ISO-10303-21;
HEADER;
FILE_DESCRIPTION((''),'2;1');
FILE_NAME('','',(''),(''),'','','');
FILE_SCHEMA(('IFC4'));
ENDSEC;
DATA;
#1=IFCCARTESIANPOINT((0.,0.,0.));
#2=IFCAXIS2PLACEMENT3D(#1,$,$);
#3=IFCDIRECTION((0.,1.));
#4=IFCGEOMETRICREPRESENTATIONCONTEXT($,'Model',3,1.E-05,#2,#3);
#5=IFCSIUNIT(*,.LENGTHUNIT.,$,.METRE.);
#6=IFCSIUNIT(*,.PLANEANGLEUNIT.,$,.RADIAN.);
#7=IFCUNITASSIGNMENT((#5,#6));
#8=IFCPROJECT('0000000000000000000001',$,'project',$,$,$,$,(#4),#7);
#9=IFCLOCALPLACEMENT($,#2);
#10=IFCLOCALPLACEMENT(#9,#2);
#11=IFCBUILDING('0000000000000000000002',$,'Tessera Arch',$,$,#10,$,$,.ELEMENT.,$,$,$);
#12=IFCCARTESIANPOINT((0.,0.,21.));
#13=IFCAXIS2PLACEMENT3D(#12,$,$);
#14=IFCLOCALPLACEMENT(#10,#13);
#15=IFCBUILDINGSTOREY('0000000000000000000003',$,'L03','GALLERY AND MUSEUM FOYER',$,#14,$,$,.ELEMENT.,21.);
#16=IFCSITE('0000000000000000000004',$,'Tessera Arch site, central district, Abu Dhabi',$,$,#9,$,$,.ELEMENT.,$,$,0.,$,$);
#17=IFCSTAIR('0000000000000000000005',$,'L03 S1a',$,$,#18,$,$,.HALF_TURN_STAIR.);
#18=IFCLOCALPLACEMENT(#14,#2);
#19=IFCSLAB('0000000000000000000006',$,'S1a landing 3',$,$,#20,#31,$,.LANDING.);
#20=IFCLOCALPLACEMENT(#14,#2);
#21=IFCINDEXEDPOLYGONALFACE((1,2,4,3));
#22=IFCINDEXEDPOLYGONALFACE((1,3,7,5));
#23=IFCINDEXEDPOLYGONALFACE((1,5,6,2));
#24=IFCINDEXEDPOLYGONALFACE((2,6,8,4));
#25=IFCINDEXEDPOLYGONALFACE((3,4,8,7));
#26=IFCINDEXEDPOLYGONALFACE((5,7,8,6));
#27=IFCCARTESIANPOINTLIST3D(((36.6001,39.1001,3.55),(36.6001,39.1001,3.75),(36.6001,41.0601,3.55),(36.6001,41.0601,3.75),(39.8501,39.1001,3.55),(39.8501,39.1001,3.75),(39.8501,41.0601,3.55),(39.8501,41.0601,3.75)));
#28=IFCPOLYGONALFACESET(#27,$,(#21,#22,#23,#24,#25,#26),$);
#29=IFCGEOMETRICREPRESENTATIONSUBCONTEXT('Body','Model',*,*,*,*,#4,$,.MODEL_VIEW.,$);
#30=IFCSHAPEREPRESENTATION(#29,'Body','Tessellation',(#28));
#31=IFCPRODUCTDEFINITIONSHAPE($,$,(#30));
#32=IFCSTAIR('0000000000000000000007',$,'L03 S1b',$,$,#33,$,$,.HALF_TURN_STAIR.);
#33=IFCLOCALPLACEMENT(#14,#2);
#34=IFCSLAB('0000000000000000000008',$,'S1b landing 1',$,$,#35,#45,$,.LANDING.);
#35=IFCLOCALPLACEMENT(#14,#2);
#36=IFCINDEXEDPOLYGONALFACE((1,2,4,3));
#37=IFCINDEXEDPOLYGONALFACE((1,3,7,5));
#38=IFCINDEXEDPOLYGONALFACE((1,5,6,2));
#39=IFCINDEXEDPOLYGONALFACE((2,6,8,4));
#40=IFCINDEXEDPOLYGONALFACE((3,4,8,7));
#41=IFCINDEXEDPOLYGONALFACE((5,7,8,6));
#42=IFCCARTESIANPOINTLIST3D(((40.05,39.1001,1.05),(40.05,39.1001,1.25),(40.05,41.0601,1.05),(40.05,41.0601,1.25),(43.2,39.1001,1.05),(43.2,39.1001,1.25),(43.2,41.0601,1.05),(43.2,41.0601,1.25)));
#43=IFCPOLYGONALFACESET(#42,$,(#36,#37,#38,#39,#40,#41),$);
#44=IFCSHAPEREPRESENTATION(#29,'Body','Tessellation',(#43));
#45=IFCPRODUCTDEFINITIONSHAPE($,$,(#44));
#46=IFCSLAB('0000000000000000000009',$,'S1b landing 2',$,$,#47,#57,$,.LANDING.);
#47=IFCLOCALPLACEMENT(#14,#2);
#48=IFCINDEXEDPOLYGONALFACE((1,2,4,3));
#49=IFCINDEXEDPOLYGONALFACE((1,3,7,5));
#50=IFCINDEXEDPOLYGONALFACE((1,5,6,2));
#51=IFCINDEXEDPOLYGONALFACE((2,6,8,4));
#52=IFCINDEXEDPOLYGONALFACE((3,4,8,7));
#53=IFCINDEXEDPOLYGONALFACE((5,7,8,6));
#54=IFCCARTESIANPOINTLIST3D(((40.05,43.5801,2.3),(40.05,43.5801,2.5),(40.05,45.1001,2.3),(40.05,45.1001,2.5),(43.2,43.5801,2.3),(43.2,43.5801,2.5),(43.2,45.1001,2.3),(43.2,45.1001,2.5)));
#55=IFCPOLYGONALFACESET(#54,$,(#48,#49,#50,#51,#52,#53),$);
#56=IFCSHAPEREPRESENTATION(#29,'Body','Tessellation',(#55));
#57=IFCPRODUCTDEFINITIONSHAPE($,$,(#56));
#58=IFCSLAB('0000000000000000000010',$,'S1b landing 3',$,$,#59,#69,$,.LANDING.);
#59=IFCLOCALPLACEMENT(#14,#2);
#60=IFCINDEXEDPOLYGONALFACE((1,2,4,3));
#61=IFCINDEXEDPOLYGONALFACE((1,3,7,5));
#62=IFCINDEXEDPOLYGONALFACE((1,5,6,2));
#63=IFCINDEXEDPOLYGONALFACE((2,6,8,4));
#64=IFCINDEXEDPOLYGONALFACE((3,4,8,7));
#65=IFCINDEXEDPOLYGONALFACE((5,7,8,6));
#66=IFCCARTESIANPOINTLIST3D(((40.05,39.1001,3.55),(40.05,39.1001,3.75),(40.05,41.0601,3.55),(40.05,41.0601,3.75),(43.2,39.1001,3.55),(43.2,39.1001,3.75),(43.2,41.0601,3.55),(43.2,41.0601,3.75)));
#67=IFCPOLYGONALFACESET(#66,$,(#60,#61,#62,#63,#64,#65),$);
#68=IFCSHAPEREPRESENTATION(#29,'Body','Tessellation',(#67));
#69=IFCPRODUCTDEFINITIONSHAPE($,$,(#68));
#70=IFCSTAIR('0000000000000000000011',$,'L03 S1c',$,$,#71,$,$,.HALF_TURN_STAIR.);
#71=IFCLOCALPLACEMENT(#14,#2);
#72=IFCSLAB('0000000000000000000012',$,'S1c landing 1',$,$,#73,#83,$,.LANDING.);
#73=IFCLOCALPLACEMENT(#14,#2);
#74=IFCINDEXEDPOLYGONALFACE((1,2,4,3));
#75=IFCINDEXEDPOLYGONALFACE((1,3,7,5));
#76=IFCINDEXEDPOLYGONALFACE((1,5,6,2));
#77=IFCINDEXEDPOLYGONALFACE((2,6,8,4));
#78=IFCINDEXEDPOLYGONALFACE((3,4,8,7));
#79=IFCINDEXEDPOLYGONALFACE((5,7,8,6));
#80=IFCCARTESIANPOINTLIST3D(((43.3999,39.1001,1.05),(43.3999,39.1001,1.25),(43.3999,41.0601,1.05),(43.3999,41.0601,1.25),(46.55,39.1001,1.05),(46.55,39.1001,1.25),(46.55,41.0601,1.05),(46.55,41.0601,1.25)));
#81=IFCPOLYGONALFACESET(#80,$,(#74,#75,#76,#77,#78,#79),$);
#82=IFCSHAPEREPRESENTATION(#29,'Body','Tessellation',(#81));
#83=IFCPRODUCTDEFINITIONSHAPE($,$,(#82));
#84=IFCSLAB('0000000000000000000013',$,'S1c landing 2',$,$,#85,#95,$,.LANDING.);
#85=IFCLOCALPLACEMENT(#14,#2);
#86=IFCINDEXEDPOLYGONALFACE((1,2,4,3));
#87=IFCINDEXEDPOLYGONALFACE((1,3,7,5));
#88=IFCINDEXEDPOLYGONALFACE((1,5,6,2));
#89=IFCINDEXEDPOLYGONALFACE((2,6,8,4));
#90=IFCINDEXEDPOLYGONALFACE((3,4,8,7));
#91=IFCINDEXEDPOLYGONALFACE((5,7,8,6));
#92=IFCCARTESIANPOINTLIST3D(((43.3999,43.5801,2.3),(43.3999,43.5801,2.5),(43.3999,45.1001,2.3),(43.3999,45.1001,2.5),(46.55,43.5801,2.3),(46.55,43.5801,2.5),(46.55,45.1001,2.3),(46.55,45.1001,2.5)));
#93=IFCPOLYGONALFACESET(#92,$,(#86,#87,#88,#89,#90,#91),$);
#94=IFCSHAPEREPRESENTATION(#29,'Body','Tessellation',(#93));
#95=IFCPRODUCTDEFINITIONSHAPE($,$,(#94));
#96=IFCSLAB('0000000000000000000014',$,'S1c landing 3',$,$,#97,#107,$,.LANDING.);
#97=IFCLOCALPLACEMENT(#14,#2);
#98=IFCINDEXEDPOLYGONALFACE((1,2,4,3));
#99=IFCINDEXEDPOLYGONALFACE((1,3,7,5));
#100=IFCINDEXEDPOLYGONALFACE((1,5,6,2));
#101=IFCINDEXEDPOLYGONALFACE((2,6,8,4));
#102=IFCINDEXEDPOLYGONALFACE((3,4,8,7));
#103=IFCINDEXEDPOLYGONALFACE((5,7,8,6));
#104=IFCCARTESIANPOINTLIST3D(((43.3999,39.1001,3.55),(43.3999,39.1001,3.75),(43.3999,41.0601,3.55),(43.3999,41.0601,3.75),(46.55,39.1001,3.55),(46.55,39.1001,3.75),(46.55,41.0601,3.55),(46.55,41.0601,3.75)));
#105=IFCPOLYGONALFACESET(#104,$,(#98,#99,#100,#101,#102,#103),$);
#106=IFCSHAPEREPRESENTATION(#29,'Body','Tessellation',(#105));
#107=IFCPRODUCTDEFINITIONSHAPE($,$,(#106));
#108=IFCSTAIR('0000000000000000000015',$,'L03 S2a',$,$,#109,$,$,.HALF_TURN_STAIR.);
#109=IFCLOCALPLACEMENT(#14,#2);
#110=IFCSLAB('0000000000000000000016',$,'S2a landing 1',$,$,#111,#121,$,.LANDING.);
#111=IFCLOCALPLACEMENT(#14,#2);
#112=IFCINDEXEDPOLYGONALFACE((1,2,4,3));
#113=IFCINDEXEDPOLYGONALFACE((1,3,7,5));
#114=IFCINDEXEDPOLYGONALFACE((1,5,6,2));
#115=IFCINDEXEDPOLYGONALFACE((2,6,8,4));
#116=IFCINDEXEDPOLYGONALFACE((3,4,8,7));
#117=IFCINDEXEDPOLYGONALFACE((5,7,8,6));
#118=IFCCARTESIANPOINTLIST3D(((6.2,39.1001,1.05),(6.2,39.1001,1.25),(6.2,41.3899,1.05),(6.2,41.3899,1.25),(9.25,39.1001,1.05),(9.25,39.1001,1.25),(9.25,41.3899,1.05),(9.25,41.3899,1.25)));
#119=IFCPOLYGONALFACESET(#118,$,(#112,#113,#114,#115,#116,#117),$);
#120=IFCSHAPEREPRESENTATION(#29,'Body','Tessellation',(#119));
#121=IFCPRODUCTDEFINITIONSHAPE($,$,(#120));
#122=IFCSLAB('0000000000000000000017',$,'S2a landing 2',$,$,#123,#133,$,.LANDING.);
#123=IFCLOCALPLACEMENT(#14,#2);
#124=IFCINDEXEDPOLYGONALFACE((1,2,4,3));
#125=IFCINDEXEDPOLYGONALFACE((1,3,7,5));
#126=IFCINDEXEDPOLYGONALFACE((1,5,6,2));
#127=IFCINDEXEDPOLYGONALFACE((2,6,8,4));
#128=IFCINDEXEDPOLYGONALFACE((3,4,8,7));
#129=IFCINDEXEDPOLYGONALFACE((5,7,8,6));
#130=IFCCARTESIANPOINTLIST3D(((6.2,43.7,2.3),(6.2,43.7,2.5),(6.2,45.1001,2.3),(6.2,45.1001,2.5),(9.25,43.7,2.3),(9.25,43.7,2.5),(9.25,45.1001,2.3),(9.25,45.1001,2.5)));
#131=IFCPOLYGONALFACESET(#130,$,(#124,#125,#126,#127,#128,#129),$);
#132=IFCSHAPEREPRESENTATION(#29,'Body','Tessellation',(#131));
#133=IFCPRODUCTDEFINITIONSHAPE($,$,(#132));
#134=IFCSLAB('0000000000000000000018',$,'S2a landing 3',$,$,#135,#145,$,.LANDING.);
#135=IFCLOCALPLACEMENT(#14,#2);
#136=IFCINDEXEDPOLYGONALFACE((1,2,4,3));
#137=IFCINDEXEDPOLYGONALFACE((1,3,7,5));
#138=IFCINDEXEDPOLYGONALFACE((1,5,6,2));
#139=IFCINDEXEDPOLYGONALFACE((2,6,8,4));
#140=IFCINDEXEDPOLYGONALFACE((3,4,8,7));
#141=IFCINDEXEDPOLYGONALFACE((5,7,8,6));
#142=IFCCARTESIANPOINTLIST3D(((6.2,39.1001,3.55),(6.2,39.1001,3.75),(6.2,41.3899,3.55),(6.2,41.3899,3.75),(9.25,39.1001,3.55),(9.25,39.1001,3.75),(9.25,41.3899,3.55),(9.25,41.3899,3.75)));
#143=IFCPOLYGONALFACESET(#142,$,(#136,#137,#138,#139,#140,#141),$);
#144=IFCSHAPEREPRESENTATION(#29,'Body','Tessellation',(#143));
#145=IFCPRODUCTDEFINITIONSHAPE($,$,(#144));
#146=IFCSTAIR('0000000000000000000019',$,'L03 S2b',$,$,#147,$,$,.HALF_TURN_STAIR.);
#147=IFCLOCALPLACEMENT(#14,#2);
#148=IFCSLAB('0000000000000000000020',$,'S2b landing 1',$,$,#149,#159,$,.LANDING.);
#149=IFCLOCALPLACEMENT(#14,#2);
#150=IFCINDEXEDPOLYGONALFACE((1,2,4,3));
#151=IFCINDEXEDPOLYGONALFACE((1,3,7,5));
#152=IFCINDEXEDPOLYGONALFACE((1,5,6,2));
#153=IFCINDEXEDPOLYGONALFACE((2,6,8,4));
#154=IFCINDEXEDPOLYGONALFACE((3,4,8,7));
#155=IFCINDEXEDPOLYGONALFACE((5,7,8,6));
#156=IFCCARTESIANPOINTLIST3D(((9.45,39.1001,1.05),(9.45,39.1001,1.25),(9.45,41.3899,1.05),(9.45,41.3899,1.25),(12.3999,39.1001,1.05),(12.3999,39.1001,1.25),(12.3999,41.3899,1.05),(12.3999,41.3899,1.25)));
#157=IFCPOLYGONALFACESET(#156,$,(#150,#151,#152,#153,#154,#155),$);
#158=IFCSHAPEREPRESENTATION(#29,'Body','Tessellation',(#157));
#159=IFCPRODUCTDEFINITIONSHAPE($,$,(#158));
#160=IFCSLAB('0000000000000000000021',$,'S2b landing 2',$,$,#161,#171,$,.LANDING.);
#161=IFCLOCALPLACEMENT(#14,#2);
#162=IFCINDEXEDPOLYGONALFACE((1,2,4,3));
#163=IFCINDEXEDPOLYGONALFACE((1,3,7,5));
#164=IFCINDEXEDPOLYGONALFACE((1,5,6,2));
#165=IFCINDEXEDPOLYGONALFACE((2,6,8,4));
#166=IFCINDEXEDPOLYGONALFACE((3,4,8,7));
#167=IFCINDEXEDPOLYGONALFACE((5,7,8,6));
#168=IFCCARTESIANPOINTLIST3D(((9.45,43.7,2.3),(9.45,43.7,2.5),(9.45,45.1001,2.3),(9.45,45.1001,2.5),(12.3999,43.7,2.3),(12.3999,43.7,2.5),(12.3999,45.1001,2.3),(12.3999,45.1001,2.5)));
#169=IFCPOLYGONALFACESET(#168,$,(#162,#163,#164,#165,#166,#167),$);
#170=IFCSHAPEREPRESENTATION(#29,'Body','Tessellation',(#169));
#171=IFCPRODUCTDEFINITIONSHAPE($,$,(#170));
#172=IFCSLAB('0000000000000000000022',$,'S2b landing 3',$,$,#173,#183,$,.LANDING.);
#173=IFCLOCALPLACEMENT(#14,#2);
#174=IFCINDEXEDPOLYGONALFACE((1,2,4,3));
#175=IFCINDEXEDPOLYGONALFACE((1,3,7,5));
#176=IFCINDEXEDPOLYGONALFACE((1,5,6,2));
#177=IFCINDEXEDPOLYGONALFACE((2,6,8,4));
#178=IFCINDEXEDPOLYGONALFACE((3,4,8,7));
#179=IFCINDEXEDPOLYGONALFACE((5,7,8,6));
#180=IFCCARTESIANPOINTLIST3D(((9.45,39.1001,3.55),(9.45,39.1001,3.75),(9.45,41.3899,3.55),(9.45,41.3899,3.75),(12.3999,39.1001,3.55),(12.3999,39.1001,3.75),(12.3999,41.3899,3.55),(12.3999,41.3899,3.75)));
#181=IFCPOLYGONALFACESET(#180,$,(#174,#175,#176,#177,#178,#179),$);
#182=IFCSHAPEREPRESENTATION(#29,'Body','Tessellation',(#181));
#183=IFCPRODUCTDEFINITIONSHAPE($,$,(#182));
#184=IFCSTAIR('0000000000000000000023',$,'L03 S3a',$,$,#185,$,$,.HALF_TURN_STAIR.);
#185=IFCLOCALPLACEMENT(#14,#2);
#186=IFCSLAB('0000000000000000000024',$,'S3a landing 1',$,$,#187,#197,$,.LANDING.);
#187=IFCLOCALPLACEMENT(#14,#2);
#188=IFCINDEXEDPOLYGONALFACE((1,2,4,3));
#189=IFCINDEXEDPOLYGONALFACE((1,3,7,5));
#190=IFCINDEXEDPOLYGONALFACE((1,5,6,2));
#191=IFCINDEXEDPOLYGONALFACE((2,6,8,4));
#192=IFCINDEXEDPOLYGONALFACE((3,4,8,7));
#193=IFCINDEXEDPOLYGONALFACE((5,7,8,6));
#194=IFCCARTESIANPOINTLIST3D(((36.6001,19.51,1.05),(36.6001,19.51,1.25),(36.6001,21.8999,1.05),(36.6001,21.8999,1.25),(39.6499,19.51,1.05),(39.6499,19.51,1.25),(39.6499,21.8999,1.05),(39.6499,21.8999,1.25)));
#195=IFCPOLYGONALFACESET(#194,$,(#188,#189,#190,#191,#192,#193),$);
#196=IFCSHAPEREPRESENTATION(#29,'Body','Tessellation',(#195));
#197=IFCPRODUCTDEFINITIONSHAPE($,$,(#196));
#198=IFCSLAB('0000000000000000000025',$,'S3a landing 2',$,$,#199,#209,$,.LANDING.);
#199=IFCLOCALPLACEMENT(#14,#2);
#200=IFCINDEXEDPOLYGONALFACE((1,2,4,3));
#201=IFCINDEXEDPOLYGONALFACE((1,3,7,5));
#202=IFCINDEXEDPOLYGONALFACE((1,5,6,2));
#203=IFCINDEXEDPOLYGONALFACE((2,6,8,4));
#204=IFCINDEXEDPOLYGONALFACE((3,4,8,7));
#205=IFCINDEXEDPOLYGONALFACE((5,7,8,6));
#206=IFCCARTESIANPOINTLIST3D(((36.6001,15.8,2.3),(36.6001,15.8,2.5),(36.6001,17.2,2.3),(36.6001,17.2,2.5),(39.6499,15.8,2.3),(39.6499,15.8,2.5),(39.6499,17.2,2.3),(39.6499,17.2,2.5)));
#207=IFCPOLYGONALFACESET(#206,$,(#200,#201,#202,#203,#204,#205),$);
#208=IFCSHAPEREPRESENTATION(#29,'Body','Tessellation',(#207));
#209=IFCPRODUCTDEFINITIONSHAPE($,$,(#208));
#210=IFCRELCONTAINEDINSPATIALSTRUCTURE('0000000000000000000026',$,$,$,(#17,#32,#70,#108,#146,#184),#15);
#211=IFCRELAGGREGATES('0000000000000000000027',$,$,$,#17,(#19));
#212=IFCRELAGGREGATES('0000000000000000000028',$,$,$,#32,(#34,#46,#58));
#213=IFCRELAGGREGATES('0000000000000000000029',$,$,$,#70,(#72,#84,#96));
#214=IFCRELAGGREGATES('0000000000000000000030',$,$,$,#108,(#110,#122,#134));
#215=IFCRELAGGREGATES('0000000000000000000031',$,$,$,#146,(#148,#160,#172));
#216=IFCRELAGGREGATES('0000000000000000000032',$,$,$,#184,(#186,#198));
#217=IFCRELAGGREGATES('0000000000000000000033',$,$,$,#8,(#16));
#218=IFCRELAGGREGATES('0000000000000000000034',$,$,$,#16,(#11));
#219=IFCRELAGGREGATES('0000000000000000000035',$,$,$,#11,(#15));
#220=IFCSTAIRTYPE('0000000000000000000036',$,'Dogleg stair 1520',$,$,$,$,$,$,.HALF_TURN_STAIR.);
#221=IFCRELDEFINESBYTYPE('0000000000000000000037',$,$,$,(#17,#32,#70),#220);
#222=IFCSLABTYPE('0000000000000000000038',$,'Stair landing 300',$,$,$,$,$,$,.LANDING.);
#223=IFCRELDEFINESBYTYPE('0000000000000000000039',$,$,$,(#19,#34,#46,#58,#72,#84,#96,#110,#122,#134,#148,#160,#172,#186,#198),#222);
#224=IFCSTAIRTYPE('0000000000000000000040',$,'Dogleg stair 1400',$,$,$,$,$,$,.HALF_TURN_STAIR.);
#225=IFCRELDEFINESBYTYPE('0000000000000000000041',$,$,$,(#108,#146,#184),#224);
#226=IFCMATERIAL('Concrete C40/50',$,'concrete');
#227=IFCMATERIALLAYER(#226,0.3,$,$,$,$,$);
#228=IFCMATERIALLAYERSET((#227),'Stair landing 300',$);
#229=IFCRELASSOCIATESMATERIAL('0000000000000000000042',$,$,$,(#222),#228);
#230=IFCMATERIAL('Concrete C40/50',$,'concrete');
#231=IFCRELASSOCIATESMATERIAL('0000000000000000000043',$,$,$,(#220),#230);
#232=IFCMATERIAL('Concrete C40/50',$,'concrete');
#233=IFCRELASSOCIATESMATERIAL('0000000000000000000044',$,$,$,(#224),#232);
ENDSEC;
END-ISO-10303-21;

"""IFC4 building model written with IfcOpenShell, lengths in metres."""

from ifc_helpers import new_model, si_unit, direction, frame, origin, place, context, subcontext, project, spatial, polyline, outline, extrude, material, layer, layer_set, type_object, element, aggregate, save


model = new_model("IFC4")

# Units and contexts
model_context = context("Model", 3, precision=1e-05, world=origin(), true_north=direction((0.0, 1.0)))
body_context = subcontext(model_context, "Body", "Model", "MODEL_VIEW")
ifc_project = project(units=[si_unit("LENGTHUNIT", "METRE"), si_unit("PLANEANGLEUNIT", "RADIAN")], contexts=[model_context])

# Site, building, storey
site_placement = place(None, origin())
site = spatial("IfcSite", under=ifc_project, at=site_placement, Name="Tessera Arch site, central district, Abu Dhabi", CompositionType="ELEMENT", RefElevation=0.0)
building_placement = place(site_placement, origin())
building = spatial("IfcBuilding", under=site, at=building_placement, Name="Tessera Arch", CompositionType="ELEMENT")
storey_placement = place(building_placement, frame((0.0, 0.0, 21.0)))
storey = spatial("IfcBuildingStorey", under=building, at=storey_placement, Name="L03", Description="GALLERY AND MUSEUM FOYER", CompositionType="ELEMENT", Elevation=21.0)

# Shared definitions
ifc_material_1 = material(Name="Concrete C40/50", Category="concrete")
ifc_layer = layer(ifc_material_1, 0.3)
ifc_layer_set = layer_set([ifc_layer], Name="Stair landing 300")
slab_type = type_object("IfcSlabType", Name="Stair landing 300", PredefinedType="LANDING", material=ifc_layer_set)

# Stairs, slabs
ifc_material_2 = material(Name="Concrete C40/50", Category="concrete")
stair_type_1 = type_object("IfcStairType", Name="Dogleg stair 1520", PredefinedType="HALF_TURN_STAIR", material=ifc_material_2)
stair_1_placement = place(storey_placement, origin())
stair_1 = element("IfcStair", 1, at=stair_1_placement, inside=storey, type_object=stair_type_1, Name="L03 S1a", PredefinedType="HALF_TURN_STAIR")
slab_1_placement = place(storey_placement, frame((0.0, 0.0, 3.55)))
slab_1 = element("IfcSlab", 2, at=slab_1_placement, type_object=slab_type, Name="S1a landing 3", PredefinedType="LANDING", context=body_context, shape_type="SweptSolid", body=[
    extrude(outline(polyline([(36.6001, 41.0601), (36.6001, 39.1001), (39.8501, 39.1001), (39.8501, 41.0601), (36.6001, 41.0601)])), origin(), (0.0, 0.0, 1.0), 0.2),
])
aggregate(stair_1, [slab_1])
stair_2_placement = place(storey_placement, origin())
stair_2 = element("IfcStair", 3, at=stair_2_placement, inside=storey, type_object=stair_type_1, Name="L03 S1b", PredefinedType="HALF_TURN_STAIR")
slab_2_placement = place(storey_placement, frame((0.0, 0.0, 1.05)))
slab_2 = element("IfcSlab", 4, at=slab_2_placement, type_object=slab_type, Name="S1b landing 1", PredefinedType="LANDING", context=body_context, shape_type="SweptSolid", body=[
    extrude(outline(polyline([(40.05, 41.0601), (40.05, 39.1001), (43.2, 39.1001), (43.2, 41.0601), (40.05, 41.0601)])), origin(), (0.0, 0.0, 1.0), 0.2),
])
slab_3_placement = place(storey_placement, frame((0.0, 0.0, 2.3)))
slab_3 = element("IfcSlab", 5, at=slab_3_placement, type_object=slab_type, Name="S1b landing 2", PredefinedType="LANDING", context=body_context, shape_type="SweptSolid", body=[
    extrude(outline(polyline([(40.05, 45.1001), (40.05, 43.5801), (43.2, 43.5801), (43.2, 45.1001), (40.05, 45.1001)])), origin(), (0.0, 0.0, 1.0), 0.2),
])
slab_4_placement = place(storey_placement, frame((0.0, 0.0, 3.55)))
slab_4 = element("IfcSlab", 6, at=slab_4_placement, type_object=slab_type, Name="S1b landing 3", PredefinedType="LANDING", context=body_context, shape_type="SweptSolid", body=[
    extrude(outline(polyline([(40.05, 41.0601), (40.05, 39.1001), (43.2, 39.1001), (43.2, 41.0601), (40.05, 41.0601)])), origin(), (0.0, 0.0, 1.0), 0.2),
])
aggregate(stair_2, [slab_2, slab_3, slab_4])
stair_3_placement = place(storey_placement, origin())
stair_3 = element("IfcStair", 7, at=stair_3_placement, inside=storey, type_object=stair_type_1, Name="L03 S1c", PredefinedType="HALF_TURN_STAIR")
slab_5_placement = place(storey_placement, frame((0.0, 0.0, 1.05)))
slab_5 = element("IfcSlab", 8, at=slab_5_placement, type_object=slab_type, Name="S1c landing 1", PredefinedType="LANDING", context=body_context, shape_type="SweptSolid", body=[
    extrude(outline(polyline([(43.3999, 41.0601), (43.3999, 39.1001), (46.55, 39.1001), (46.55, 41.0601), (43.3999, 41.0601)])), origin(), (0.0, 0.0, 1.0), 0.2),
])
slab_6_placement = place(storey_placement, frame((0.0, 0.0, 2.3)))
slab_6 = element("IfcSlab", 9, at=slab_6_placement, type_object=slab_type, Name="S1c landing 2", PredefinedType="LANDING", context=body_context, shape_type="SweptSolid", body=[
    extrude(outline(polyline([(43.3999, 45.1001), (43.3999, 43.5801), (46.55, 43.5801), (46.55, 45.1001), (43.3999, 45.1001)])), origin(), (0.0, 0.0, 1.0), 0.2),
])
slab_7_placement = place(storey_placement, frame((0.0, 0.0, 3.55)))
slab_7 = element("IfcSlab", 10, at=slab_7_placement, type_object=slab_type, Name="S1c landing 3", PredefinedType="LANDING", context=body_context, shape_type="SweptSolid", body=[
    extrude(outline(polyline([(43.3999, 41.0601), (43.3999, 39.1001), (46.55, 39.1001), (46.55, 41.0601), (43.3999, 41.0601)])), origin(), (0.0, 0.0, 1.0), 0.2),
])
aggregate(stair_3, [slab_5, slab_6, slab_7])
ifc_material_3 = material(Name="Concrete C40/50", Category="concrete")
stair_type_2 = type_object("IfcStairType", Name="Dogleg stair 1400", PredefinedType="HALF_TURN_STAIR", material=ifc_material_3)
stair_4_placement = place(storey_placement, origin())
stair_4 = element("IfcStair", 11, at=stair_4_placement, inside=storey, type_object=stair_type_2, Name="L03 S2a", PredefinedType="HALF_TURN_STAIR")
slab_8_placement = place(storey_placement, frame((0.0, 0.0, 1.05)))
slab_8 = element("IfcSlab", 12, at=slab_8_placement, type_object=slab_type, Name="S2a landing 1", PredefinedType="LANDING", context=body_context, shape_type="SweptSolid", body=[
    extrude(outline(polyline([(6.2, 41.3899), (6.2, 39.1001), (9.25, 39.1001), (9.25, 41.3899), (6.2, 41.3899)])), origin(), (0.0, 0.0, 1.0), 0.2),
])
slab_9_placement = place(storey_placement, frame((0.0, 0.0, 2.3)))
slab_9 = element("IfcSlab", 13, at=slab_9_placement, type_object=slab_type, Name="S2a landing 2", PredefinedType="LANDING", context=body_context, shape_type="SweptSolid", body=[
    extrude(outline(polyline([(6.2, 45.1001), (6.2, 43.7), (9.25, 43.7), (9.25, 45.1001), (6.2, 45.1001)])), origin(), (0.0, 0.0, 1.0), 0.2),
])
slab_10_placement = place(storey_placement, frame((0.0, 0.0, 3.55)))
slab_10 = element("IfcSlab", 14, at=slab_10_placement, type_object=slab_type, Name="S2a landing 3", PredefinedType="LANDING", context=body_context, shape_type="SweptSolid", body=[
    extrude(outline(polyline([(6.2, 41.3899), (6.2, 39.1001), (9.25, 39.1001), (9.25, 41.3899), (6.2, 41.3899)])), origin(), (0.0, 0.0, 1.0), 0.2),
])
aggregate(stair_4, [slab_8, slab_9, slab_10])
stair_5_placement = place(storey_placement, origin())
stair_5 = element("IfcStair", 15, at=stair_5_placement, inside=storey, type_object=stair_type_2, Name="L03 S2b", PredefinedType="HALF_TURN_STAIR")
slab_11_placement = place(storey_placement, frame((0.0, 0.0, 1.05)))
slab_11 = element("IfcSlab", 16, at=slab_11_placement, type_object=slab_type, Name="S2b landing 1", PredefinedType="LANDING", context=body_context, shape_type="SweptSolid", body=[
    extrude(outline(polyline([(9.45, 41.3899), (9.45, 39.1001), (12.3999, 39.1001), (12.3999, 41.3899), (9.45, 41.3899)])), origin(), (0.0, 0.0, 1.0), 0.2),
])
slab_12_placement = place(storey_placement, frame((0.0, 0.0, 2.3)))
slab_12 = element("IfcSlab", 17, at=slab_12_placement, type_object=slab_type, Name="S2b landing 2", PredefinedType="LANDING", context=body_context, shape_type="SweptSolid", body=[
    extrude(outline(polyline([(9.45, 45.1001), (9.45, 43.7), (12.3999, 43.7), (12.3999, 45.1001), (9.45, 45.1001)])), origin(), (0.0, 0.0, 1.0), 0.2),
])
slab_13_placement = place(storey_placement, frame((0.0, 0.0, 3.55)))
slab_13 = element("IfcSlab", 18, at=slab_13_placement, type_object=slab_type, Name="S2b landing 3", PredefinedType="LANDING", context=body_context, shape_type="SweptSolid", body=[
    extrude(outline(polyline([(9.45, 41.3899), (9.45, 39.1001), (12.3999, 39.1001), (12.3999, 41.3899), (9.45, 41.3899)])), origin(), (0.0, 0.0, 1.0), 0.2),
])
aggregate(stair_5, [slab_11, slab_12, slab_13])
stair_6_placement = place(storey_placement, origin())
stair_6 = element("IfcStair", 19, at=stair_6_placement, inside=storey, type_object=stair_type_2, Name="L03 S3a", PredefinedType="HALF_TURN_STAIR")
slab_14_placement = place(storey_placement, frame((0.0, 0.0, 1.05)))
slab_14 = element("IfcSlab", 20, at=slab_14_placement, type_object=slab_type, Name="S3a landing 1", PredefinedType="LANDING", context=body_context, shape_type="SweptSolid", body=[
    extrude(outline(polyline([(39.6499, 19.51), (39.6499, 21.8999), (36.6001, 21.8999), (36.6001, 19.51), (39.6499, 19.51)])), origin(), (0.0, 0.0, 1.0), 0.2),
])
slab_15_placement = place(storey_placement, frame((0.0, 0.0, 2.3)))
slab_15 = element("IfcSlab", 21, at=slab_15_placement, type_object=slab_type, Name="S3a landing 2", PredefinedType="LANDING", context=body_context, shape_type="SweptSolid", body=[
    extrude(outline(polyline([(39.6499, 15.8), (39.6499, 17.2), (36.6001, 17.2), (36.6001, 15.8), (39.6499, 15.8)])), origin(), (0.0, 0.0, 1.0), 0.2),
])
aggregate(stair_6, [slab_14, slab_15])

save(model, "model.ifc")
